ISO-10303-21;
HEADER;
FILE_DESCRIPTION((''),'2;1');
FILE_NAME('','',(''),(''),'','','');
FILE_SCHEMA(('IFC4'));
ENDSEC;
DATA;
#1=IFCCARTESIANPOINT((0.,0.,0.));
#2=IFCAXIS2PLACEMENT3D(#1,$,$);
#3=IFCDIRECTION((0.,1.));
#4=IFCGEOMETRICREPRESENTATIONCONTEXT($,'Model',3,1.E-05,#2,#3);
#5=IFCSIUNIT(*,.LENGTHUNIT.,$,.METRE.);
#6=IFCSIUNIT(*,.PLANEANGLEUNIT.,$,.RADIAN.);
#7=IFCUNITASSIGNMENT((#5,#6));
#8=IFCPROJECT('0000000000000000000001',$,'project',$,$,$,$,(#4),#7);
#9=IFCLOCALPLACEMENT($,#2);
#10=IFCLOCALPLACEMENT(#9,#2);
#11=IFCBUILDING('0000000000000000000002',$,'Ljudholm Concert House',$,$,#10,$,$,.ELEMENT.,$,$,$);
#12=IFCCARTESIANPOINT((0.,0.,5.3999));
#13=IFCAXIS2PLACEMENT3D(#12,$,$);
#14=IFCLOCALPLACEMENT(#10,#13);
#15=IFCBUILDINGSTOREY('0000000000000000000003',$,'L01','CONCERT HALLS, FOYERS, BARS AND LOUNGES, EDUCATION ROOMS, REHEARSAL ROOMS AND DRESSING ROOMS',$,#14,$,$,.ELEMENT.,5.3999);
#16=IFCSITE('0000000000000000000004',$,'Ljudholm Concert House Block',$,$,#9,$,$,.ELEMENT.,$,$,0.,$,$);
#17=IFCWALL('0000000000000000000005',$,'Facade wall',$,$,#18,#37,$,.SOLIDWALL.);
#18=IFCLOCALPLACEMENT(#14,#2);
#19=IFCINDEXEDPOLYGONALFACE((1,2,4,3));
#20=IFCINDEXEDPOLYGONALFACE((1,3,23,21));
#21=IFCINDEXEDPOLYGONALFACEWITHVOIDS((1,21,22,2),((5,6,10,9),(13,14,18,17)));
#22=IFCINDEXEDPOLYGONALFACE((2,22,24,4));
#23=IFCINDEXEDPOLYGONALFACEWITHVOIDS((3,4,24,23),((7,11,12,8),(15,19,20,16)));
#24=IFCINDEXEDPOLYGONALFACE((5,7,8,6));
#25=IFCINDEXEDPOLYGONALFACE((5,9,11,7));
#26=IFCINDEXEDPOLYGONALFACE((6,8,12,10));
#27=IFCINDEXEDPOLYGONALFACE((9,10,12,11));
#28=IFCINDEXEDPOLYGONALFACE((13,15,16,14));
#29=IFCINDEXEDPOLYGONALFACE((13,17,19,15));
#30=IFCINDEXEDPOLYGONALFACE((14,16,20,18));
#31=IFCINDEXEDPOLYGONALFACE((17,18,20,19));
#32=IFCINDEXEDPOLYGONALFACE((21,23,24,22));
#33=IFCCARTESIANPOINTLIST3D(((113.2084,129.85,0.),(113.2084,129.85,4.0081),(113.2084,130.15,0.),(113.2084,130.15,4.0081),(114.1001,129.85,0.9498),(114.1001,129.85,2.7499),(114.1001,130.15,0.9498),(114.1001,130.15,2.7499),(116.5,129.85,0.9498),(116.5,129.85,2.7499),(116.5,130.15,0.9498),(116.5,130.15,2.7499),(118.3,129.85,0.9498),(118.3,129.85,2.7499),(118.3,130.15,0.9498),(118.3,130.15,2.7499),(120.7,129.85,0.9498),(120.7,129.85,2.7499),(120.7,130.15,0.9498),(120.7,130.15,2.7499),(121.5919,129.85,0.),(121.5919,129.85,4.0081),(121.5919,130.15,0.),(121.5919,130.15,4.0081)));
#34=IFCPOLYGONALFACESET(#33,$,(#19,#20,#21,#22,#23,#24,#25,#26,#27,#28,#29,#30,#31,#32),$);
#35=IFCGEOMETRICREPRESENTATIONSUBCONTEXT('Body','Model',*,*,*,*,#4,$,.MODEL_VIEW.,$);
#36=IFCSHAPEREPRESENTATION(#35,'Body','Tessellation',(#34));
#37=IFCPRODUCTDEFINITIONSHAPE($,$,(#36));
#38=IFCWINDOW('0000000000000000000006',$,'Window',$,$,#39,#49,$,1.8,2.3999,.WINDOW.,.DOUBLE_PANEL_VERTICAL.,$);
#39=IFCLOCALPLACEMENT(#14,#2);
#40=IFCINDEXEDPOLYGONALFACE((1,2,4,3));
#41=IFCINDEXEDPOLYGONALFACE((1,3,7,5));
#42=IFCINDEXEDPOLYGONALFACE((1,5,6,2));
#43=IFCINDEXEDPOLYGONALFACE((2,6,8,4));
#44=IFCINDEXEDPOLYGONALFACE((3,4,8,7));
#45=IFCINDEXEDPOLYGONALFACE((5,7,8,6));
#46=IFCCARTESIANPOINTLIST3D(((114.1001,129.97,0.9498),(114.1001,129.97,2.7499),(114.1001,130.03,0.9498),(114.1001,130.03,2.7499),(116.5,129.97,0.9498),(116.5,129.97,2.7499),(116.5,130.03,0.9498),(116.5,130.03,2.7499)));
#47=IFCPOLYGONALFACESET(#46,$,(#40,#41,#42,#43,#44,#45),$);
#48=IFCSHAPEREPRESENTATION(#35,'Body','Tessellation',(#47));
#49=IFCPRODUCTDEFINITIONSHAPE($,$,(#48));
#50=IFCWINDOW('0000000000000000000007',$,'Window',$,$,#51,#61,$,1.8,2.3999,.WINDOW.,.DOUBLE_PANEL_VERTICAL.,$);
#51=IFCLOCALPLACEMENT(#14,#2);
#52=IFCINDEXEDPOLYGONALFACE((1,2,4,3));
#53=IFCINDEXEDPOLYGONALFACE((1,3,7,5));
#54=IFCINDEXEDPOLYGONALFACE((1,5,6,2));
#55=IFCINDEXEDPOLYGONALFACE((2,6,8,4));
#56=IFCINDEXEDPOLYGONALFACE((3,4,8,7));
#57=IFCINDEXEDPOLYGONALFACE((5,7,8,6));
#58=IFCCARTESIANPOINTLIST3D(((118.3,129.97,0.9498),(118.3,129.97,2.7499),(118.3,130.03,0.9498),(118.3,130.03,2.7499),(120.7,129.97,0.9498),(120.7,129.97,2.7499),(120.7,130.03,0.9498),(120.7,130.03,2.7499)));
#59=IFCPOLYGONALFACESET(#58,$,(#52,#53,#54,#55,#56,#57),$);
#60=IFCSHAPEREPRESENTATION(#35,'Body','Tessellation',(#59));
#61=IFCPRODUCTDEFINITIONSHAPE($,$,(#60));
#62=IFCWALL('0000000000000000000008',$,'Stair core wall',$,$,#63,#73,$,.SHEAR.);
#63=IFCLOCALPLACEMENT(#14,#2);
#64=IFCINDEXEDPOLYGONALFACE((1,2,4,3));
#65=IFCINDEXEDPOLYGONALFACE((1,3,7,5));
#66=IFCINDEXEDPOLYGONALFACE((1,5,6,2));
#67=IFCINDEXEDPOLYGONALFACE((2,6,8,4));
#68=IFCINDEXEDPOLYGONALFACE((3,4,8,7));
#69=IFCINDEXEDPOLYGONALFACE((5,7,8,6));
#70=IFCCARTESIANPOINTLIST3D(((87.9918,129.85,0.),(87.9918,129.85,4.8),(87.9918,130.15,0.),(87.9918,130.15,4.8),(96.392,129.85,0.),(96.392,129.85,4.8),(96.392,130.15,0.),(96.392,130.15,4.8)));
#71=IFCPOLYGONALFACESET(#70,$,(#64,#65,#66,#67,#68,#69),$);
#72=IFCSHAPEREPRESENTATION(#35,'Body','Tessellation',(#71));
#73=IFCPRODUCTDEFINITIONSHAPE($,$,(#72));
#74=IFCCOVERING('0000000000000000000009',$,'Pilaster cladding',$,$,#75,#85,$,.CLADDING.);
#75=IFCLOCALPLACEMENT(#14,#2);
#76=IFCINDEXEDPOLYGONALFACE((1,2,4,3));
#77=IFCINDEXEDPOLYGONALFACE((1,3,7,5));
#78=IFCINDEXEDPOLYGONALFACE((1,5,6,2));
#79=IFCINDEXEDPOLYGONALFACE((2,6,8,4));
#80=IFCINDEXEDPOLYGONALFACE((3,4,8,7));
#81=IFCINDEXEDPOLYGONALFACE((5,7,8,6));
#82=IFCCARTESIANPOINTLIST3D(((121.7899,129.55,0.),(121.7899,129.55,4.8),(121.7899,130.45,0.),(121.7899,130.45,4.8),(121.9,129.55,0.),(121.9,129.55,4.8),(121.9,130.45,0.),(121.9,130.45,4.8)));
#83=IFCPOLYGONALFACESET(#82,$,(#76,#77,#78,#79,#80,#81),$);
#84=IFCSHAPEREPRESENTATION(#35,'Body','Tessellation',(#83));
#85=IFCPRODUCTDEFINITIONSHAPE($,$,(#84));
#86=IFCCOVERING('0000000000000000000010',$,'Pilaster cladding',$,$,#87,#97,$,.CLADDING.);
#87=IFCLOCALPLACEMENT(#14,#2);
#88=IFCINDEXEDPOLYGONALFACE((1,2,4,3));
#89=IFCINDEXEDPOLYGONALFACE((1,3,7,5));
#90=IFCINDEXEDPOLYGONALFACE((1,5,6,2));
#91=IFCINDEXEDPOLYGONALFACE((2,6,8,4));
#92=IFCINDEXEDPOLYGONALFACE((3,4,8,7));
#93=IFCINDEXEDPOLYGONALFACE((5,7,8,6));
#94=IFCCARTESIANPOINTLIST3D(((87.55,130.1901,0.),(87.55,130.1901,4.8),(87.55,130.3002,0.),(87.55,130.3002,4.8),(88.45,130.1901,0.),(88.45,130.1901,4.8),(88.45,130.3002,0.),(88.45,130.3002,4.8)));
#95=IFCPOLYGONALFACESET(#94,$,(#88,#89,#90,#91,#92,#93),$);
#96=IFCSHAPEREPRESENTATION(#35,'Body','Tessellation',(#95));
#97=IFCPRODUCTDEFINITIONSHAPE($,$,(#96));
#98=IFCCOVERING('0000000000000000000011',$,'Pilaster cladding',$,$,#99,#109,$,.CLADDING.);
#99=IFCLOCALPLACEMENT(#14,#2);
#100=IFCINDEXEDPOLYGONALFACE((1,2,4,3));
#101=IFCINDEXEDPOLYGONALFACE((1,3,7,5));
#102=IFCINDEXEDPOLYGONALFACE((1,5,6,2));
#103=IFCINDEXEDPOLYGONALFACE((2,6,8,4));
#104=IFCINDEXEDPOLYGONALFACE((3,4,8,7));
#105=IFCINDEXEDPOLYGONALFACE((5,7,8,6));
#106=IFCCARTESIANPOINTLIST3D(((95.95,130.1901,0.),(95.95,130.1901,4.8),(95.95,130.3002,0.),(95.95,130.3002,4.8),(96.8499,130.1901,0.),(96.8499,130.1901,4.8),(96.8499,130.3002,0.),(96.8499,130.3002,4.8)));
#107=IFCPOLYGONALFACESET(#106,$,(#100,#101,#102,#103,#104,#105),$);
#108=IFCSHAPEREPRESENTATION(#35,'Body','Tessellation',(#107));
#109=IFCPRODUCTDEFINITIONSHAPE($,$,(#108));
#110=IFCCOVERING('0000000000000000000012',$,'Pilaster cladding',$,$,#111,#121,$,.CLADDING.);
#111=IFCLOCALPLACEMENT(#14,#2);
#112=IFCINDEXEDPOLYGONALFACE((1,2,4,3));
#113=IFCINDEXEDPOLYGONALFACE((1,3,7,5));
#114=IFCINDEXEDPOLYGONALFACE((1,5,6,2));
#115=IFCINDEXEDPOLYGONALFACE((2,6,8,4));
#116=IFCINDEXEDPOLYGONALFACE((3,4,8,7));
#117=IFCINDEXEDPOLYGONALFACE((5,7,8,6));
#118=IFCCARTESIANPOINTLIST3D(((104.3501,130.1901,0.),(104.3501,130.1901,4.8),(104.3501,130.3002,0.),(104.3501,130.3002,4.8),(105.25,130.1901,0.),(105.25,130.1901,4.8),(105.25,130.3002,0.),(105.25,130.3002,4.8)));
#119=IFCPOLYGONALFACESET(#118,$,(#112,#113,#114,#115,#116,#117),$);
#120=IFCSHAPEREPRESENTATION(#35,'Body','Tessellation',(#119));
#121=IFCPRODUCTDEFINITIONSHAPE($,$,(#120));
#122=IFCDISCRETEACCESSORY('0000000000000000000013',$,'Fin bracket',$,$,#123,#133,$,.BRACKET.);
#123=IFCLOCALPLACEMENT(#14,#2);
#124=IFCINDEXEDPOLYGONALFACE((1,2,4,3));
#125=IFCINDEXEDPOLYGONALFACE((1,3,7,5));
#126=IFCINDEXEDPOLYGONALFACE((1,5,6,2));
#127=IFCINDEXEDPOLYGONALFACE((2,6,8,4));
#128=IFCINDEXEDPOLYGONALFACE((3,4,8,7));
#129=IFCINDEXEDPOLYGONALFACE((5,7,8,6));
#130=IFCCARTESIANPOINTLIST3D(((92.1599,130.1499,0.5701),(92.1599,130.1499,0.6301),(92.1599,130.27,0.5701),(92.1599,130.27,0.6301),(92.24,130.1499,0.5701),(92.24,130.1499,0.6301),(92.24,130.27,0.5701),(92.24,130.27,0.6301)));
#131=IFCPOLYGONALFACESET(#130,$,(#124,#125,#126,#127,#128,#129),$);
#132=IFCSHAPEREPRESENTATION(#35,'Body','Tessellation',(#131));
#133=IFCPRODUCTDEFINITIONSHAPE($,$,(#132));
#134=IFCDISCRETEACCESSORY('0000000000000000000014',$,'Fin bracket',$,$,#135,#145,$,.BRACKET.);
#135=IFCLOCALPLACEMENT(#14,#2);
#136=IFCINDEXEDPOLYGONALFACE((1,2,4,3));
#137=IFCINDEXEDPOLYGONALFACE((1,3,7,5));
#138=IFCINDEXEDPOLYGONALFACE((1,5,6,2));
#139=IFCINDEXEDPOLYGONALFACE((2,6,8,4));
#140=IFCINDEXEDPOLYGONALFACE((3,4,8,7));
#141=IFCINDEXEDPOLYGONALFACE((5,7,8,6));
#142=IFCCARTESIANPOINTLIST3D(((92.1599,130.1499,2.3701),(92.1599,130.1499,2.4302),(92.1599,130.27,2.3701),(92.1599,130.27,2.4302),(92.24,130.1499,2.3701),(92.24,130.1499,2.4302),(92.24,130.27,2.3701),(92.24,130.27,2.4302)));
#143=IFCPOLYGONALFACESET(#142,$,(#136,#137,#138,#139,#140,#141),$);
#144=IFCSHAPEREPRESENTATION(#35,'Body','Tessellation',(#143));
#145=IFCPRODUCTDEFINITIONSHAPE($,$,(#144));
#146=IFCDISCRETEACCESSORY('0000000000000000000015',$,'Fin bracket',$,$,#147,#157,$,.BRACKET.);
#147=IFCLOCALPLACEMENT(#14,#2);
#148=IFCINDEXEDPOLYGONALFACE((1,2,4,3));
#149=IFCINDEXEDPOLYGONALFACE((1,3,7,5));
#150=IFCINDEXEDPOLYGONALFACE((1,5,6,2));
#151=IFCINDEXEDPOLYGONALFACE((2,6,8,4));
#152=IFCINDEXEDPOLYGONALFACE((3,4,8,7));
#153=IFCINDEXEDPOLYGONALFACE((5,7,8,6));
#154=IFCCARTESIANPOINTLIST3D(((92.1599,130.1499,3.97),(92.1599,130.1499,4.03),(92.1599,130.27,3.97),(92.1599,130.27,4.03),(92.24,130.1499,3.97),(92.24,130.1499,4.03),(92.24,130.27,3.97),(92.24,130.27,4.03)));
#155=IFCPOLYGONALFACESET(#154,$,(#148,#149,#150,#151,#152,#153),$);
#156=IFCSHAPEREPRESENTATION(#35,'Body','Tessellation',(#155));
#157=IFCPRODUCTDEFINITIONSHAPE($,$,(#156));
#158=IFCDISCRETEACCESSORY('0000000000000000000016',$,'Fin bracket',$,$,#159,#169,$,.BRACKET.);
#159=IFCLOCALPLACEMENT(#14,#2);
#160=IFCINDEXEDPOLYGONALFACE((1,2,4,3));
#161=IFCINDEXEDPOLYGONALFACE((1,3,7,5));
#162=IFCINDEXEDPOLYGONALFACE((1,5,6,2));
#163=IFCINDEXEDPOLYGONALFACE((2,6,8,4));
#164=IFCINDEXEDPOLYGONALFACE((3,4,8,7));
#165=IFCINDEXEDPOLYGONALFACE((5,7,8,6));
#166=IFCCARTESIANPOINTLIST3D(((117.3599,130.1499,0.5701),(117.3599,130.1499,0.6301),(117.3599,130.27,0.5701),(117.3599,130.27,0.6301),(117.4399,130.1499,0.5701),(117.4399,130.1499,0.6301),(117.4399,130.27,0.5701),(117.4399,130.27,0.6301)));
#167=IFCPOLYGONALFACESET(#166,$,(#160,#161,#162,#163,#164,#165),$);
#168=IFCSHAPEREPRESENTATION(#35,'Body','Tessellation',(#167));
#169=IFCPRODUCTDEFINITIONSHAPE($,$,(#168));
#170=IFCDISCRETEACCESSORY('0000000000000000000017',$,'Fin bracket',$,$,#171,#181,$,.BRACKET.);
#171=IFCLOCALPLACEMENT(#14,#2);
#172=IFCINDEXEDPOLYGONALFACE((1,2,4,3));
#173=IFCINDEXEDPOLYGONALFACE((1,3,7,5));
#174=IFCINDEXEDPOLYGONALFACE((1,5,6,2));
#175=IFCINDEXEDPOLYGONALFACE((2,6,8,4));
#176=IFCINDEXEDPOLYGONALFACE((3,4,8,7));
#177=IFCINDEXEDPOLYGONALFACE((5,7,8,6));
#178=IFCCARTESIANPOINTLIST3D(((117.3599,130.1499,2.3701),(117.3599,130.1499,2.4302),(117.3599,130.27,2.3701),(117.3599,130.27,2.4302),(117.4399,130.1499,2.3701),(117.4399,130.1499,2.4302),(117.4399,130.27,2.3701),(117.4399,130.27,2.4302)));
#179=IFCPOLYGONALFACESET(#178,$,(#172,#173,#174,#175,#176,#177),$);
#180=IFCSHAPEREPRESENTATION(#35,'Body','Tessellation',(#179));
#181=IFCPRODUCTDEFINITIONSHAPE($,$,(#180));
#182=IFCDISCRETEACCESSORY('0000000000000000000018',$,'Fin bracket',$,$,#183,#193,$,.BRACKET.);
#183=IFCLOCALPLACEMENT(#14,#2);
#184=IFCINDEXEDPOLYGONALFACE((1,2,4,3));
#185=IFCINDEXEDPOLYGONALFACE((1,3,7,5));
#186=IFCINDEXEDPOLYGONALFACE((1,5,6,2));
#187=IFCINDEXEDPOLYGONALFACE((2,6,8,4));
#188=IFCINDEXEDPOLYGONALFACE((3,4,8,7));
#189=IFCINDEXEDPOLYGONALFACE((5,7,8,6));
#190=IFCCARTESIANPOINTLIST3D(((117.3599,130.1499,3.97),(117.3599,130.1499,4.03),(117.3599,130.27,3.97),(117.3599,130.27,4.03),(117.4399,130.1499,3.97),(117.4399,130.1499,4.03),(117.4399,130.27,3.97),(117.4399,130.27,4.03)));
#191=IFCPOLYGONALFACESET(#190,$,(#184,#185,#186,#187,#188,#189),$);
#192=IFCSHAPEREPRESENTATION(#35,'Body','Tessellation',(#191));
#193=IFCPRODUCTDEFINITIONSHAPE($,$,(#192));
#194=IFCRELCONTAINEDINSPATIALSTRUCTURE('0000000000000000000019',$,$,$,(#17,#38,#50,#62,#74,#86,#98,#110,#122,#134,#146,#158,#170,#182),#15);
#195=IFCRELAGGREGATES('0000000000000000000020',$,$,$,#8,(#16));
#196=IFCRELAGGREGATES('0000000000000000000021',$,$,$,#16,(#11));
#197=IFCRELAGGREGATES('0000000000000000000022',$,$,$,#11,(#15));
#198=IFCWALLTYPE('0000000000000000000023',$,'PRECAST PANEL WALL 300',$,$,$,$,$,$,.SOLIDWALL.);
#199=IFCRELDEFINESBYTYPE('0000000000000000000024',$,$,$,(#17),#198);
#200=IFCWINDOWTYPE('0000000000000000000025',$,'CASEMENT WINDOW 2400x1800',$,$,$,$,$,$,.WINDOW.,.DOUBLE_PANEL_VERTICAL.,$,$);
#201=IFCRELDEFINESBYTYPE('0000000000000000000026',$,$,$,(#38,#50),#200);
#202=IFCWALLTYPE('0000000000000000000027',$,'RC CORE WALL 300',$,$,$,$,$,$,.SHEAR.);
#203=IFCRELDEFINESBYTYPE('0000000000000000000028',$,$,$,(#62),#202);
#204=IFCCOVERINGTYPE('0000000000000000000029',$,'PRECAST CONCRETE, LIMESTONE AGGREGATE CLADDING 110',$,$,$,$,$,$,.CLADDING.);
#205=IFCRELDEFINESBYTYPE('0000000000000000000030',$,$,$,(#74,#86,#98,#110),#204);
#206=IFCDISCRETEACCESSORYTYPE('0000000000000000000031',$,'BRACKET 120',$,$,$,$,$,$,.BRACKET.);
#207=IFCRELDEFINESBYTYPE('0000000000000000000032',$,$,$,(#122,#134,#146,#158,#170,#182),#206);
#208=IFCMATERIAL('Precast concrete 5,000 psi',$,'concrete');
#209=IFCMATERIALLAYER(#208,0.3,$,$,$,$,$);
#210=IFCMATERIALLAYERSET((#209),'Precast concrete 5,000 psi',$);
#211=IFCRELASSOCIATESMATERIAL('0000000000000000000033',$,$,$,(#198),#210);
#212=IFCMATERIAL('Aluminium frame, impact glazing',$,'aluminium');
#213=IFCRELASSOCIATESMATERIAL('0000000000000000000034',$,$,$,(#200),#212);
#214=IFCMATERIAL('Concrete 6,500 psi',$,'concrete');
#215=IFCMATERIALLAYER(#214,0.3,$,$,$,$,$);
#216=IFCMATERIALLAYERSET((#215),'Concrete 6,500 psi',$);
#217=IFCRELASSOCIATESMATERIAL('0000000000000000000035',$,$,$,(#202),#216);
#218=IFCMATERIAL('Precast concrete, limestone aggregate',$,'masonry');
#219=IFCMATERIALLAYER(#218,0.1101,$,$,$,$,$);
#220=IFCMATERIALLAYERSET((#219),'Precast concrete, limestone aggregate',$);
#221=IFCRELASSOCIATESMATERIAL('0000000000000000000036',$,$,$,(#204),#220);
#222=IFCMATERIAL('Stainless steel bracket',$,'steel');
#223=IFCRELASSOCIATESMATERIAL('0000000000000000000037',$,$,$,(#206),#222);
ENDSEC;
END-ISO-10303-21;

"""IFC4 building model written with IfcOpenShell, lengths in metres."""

from ifc_helpers import new_model, si_unit, direction, frame, frame_2d, origin, origin_2d, place, context, subcontext, project, spatial, rectangle, extrude, material, layer, layer_set, type_object, element, fill, save


model = new_model("IFC4")

# Units and contexts
model_context = context("Model", 3, precision=1e-05, world=origin(), true_north=direction((0.0, 1.0)))
body_context = subcontext(model_context, "Body", "Model", "MODEL_VIEW")
ifc_project = project(units=[si_unit("LENGTHUNIT", "METRE"), si_unit("PLANEANGLEUNIT", "RADIAN")], contexts=[model_context])

# Site, building, storey
site_placement = place(None, origin())
site = spatial("IfcSite", under=ifc_project, at=site_placement, Name="Ljudholm Concert House Block", CompositionType="ELEMENT", RefElevation=0.0)
building_placement = place(site_placement, origin())
building = spatial("IfcBuilding", under=site, at=building_placement, Name="Ljudholm Concert House", CompositionType="ELEMENT")
storey_placement = place(building_placement, frame((0.0, 0.0, 5.3999)))
storey = spatial("IfcBuildingStorey", under=building, at=storey_placement, Name="L01", Description="CONCERT HALLS, FOYERS, BARS AND LOUNGES, EDUCATION ROOMS, REHEARSAL ROOMS AND DRESSING ROOMS", CompositionType="ELEMENT", Elevation=5.3999)

# Wall, openings, windows
ifc_material_1 = material(Name="Precast concrete 5,000 psi", Category="concrete")
ifc_layer_1 = layer(ifc_material_1, 0.3)
ifc_layer_set_1 = layer_set([ifc_layer_1], Name="Precast concrete 5,000 psi")
wall_type_1 = type_object("IfcWallType", Name="PRECAST PANEL WALL 300", PredefinedType="SOLIDWALL", material=ifc_layer_set_1)
wall_1_placement = place(storey_placement, frame((113.2083, 130.0, 0.0), z_axis=(0.0, 0.0, 1.0), x_axis=(1.0, 0.0, 0.0)))
wall_1 = element("IfcWall", 1, at=wall_1_placement, inside=storey, type_object=wall_type_1, Name="Facade wall", PredefinedType="SOLIDWALL", context=body_context, shape_type="SweptSolid", body=[
    extrude(rectangle(XDim=8.3835, YDim=0.3, at=frame_2d((4.1919, 0.0))), origin(), (0.0, 0.0, 1.0), 4.0081),
])
opening_1_placement = place(wall_1_placement, frame((0.8918, 0.0, 0.95)))
opening_1 = element("IfcOpeningElement", 2, at=opening_1_placement, cuts=wall_1, PredefinedType="OPENING", context=body_context, shape_type="SweptSolid", body=[
    extrude(rectangle(XDim=2.3999, YDim=1.8, at=frame_2d((1.2, 0.8999))), frame((0.0, 0.1599, 0.0), z_axis=(0.0, -1.0, 0.0), x_axis=(1.0, 0.0, 0.0)), (0.0, 0.0, 1.0), 0.3201),
])
opening_2_placement = place(wall_1_placement, frame((5.0918, 0.0, 0.95)))
opening_2 = element("IfcOpeningElement", 3, at=opening_2_placement, cuts=wall_1, PredefinedType="OPENING", context=body_context, shape_type="SweptSolid", body=[
    extrude(rectangle(XDim=2.3999, YDim=1.8, at=frame_2d((1.2, 0.8999))), frame((0.0, 0.1599, 0.0), z_axis=(0.0, -1.0, 0.0), x_axis=(1.0, 0.0, 0.0)), (0.0, 0.0, 1.0), 0.3201),
])
ifc_material_2 = material(Name="Aluminium frame, impact glazing", Category="aluminium")
window_type = type_object("IfcWindowType", Name="CASEMENT WINDOW 2400x1800", PartitioningType="DOUBLE_PANEL_VERTICAL", PredefinedType="WINDOW", material=ifc_material_2)
window_1_placement = place(opening_1_placement, origin())
window_1 = element("IfcWindow", 4, at=window_1_placement, inside=storey, type_object=window_type, Name="Window", OverallHeight=1.8, OverallWidth=2.3999, PartitioningType="DOUBLE_PANEL_VERTICAL", PredefinedType="WINDOW", context=body_context, shape_type="SweptSolid", body=[
    extrude(rectangle(XDim=2.3999, YDim=1.8, at=frame_2d((1.2, 0.8999))), frame((0.0, 0.03, 0.0), z_axis=(0.0, -1.0, 0.0), x_axis=(1.0, 0.0, 0.0)), (0.0, 0.0, 1.0), 0.0601),
])
fill(opening_1, window_1)
window_2_placement = place(opening_2_placement, origin())
window_2 = element("IfcWindow", 5, at=window_2_placement, inside=storey, type_object=window_type, Name="Window", OverallHeight=1.8, OverallWidth=2.3999, PartitioningType="DOUBLE_PANEL_VERTICAL", PredefinedType="WINDOW", context=body_context, shape_type="SweptSolid", body=[
    extrude(rectangle(XDim=2.3999, YDim=1.8, at=frame_2d((1.2, 0.8999))), frame((0.0, 0.03, 0.0), z_axis=(0.0, -1.0, 0.0), x_axis=(1.0, 0.0, 0.0)), (0.0, 0.0, 1.0), 0.0601),
])
fill(opening_2, window_2)

# Wall
ifc_material_3 = material(Name="Concrete 6,500 psi", Category="concrete")
ifc_layer_2 = layer(ifc_material_3, 0.3)
ifc_layer_set_2 = layer_set([ifc_layer_2], Name="Concrete 6,500 psi")
wall_type_2 = type_object("IfcWallType", Name="RC CORE WALL 300", PredefinedType="SHEAR", material=ifc_layer_set_2)
wall_2_placement = place(storey_placement, frame((87.9917, 130.0, 0.0), z_axis=(0.0, 0.0, 1.0), x_axis=(1.0, 0.0, 0.0)))
element("IfcWall", 6, at=wall_2_placement, inside=storey, type_object=wall_type_2, Name="Stair core wall", PredefinedType="SHEAR", context=body_context, shape_type="SweptSolid", body=[
    extrude(rectangle(XDim=8.4001, YDim=0.3, at=frame_2d((4.2002, 0.0))), origin(), (0.0, 0.0, 1.0), 4.8),
])

# Coverings
ifc_material_4 = material(Name="Precast concrete, limestone aggregate", Category="masonry")
ifc_layer_3 = layer(ifc_material_4, 0.1101)
ifc_layer_set_3 = layer_set([ifc_layer_3], Name="Precast concrete, limestone aggregate")
covering_type = type_object("IfcCoveringType", Name="PRECAST CONCRETE, LIMESTONE AGGREGATE CLADDING 110", PredefinedType="CLADDING", material=ifc_layer_set_3)
for number, where, z_axis, x_axis, name in (
    (7, (121.845, 130.0, 0.0), (0.0, 0.0, 1.0), (1.0, 0.0, 0.0), "Pilaster cladding"),
    (8, (88.0, 130.2451, 0.0), (0.0, 0.0, 1.0), (0.0, 1.0, 0.0), "Pilaster cladding"),
    (9, (96.3999, 130.2451, 0.0), (0.0, 0.0, 1.0), (0.0, 1.0, 0.0), "Pilaster cladding"),
    (10, (104.8, 130.2451, 0.0), (0.0, 0.0, 1.0), (0.0, 1.0, 0.0), "Pilaster cladding"),
):
    element("IfcCovering", number, at=place(storey_placement, frame(where, z_axis=z_axis, x_axis=x_axis)), inside=storey, type_object=covering_type, Name=name, PredefinedType="CLADDING", context=body_context, shape_type="SweptSolid", body=[
        extrude(rectangle(XDim=0.1101, YDim=0.8999, at=origin_2d()), origin(), (0.0, 0.0, 1.0), 4.8),
    ])

# Discrete accessories
ifc_material_5 = material(Name="Stainless steel bracket", Category="steel")
discrete_accessory_type = type_object("IfcDiscreteAccessoryType", Name="BRACKET 120", PredefinedType="BRACKET", material=ifc_material_5)
for number, where, z_axis, x_axis, name in (
    (11, (92.2, 130.21, 0.5701), (0.0, 0.0, 1.0), (0.0, 1.0, 0.0), "Fin bracket"),
    (12, (92.2, 130.21, 2.3701), (0.0, 0.0, 1.0), (0.0, 1.0, 0.0), "Fin bracket"),
    (13, (92.2, 130.21, 3.97), (0.0, 0.0, 1.0), (0.0, 1.0, 0.0), "Fin bracket"),
    (14, (117.3999, 130.21, 0.5701), (0.0, 0.0, 1.0), (0.0, 1.0, 0.0), "Fin bracket"),
    (15, (117.3999, 130.21, 2.3701), (0.0, 0.0, 1.0), (0.0, 1.0, 0.0), "Fin bracket"),
    (16, (117.3999, 130.21, 3.97), (0.0, 0.0, 1.0), (0.0, 1.0, 0.0), "Fin bracket"),
):
    element("IfcDiscreteAccessory", number, at=place(storey_placement, frame(where, z_axis=z_axis, x_axis=x_axis)), inside=storey, type_object=discrete_accessory_type, Name=name, PredefinedType="BRACKET", context=body_context, shape_type="SweptSolid", body=[
        extrude(rectangle(XDim=0.1201, YDim=0.0801, at=origin_2d()), origin(), (0.0, 0.0, 1.0), 0.0601),
    ])

save(model, "model.ifc")
